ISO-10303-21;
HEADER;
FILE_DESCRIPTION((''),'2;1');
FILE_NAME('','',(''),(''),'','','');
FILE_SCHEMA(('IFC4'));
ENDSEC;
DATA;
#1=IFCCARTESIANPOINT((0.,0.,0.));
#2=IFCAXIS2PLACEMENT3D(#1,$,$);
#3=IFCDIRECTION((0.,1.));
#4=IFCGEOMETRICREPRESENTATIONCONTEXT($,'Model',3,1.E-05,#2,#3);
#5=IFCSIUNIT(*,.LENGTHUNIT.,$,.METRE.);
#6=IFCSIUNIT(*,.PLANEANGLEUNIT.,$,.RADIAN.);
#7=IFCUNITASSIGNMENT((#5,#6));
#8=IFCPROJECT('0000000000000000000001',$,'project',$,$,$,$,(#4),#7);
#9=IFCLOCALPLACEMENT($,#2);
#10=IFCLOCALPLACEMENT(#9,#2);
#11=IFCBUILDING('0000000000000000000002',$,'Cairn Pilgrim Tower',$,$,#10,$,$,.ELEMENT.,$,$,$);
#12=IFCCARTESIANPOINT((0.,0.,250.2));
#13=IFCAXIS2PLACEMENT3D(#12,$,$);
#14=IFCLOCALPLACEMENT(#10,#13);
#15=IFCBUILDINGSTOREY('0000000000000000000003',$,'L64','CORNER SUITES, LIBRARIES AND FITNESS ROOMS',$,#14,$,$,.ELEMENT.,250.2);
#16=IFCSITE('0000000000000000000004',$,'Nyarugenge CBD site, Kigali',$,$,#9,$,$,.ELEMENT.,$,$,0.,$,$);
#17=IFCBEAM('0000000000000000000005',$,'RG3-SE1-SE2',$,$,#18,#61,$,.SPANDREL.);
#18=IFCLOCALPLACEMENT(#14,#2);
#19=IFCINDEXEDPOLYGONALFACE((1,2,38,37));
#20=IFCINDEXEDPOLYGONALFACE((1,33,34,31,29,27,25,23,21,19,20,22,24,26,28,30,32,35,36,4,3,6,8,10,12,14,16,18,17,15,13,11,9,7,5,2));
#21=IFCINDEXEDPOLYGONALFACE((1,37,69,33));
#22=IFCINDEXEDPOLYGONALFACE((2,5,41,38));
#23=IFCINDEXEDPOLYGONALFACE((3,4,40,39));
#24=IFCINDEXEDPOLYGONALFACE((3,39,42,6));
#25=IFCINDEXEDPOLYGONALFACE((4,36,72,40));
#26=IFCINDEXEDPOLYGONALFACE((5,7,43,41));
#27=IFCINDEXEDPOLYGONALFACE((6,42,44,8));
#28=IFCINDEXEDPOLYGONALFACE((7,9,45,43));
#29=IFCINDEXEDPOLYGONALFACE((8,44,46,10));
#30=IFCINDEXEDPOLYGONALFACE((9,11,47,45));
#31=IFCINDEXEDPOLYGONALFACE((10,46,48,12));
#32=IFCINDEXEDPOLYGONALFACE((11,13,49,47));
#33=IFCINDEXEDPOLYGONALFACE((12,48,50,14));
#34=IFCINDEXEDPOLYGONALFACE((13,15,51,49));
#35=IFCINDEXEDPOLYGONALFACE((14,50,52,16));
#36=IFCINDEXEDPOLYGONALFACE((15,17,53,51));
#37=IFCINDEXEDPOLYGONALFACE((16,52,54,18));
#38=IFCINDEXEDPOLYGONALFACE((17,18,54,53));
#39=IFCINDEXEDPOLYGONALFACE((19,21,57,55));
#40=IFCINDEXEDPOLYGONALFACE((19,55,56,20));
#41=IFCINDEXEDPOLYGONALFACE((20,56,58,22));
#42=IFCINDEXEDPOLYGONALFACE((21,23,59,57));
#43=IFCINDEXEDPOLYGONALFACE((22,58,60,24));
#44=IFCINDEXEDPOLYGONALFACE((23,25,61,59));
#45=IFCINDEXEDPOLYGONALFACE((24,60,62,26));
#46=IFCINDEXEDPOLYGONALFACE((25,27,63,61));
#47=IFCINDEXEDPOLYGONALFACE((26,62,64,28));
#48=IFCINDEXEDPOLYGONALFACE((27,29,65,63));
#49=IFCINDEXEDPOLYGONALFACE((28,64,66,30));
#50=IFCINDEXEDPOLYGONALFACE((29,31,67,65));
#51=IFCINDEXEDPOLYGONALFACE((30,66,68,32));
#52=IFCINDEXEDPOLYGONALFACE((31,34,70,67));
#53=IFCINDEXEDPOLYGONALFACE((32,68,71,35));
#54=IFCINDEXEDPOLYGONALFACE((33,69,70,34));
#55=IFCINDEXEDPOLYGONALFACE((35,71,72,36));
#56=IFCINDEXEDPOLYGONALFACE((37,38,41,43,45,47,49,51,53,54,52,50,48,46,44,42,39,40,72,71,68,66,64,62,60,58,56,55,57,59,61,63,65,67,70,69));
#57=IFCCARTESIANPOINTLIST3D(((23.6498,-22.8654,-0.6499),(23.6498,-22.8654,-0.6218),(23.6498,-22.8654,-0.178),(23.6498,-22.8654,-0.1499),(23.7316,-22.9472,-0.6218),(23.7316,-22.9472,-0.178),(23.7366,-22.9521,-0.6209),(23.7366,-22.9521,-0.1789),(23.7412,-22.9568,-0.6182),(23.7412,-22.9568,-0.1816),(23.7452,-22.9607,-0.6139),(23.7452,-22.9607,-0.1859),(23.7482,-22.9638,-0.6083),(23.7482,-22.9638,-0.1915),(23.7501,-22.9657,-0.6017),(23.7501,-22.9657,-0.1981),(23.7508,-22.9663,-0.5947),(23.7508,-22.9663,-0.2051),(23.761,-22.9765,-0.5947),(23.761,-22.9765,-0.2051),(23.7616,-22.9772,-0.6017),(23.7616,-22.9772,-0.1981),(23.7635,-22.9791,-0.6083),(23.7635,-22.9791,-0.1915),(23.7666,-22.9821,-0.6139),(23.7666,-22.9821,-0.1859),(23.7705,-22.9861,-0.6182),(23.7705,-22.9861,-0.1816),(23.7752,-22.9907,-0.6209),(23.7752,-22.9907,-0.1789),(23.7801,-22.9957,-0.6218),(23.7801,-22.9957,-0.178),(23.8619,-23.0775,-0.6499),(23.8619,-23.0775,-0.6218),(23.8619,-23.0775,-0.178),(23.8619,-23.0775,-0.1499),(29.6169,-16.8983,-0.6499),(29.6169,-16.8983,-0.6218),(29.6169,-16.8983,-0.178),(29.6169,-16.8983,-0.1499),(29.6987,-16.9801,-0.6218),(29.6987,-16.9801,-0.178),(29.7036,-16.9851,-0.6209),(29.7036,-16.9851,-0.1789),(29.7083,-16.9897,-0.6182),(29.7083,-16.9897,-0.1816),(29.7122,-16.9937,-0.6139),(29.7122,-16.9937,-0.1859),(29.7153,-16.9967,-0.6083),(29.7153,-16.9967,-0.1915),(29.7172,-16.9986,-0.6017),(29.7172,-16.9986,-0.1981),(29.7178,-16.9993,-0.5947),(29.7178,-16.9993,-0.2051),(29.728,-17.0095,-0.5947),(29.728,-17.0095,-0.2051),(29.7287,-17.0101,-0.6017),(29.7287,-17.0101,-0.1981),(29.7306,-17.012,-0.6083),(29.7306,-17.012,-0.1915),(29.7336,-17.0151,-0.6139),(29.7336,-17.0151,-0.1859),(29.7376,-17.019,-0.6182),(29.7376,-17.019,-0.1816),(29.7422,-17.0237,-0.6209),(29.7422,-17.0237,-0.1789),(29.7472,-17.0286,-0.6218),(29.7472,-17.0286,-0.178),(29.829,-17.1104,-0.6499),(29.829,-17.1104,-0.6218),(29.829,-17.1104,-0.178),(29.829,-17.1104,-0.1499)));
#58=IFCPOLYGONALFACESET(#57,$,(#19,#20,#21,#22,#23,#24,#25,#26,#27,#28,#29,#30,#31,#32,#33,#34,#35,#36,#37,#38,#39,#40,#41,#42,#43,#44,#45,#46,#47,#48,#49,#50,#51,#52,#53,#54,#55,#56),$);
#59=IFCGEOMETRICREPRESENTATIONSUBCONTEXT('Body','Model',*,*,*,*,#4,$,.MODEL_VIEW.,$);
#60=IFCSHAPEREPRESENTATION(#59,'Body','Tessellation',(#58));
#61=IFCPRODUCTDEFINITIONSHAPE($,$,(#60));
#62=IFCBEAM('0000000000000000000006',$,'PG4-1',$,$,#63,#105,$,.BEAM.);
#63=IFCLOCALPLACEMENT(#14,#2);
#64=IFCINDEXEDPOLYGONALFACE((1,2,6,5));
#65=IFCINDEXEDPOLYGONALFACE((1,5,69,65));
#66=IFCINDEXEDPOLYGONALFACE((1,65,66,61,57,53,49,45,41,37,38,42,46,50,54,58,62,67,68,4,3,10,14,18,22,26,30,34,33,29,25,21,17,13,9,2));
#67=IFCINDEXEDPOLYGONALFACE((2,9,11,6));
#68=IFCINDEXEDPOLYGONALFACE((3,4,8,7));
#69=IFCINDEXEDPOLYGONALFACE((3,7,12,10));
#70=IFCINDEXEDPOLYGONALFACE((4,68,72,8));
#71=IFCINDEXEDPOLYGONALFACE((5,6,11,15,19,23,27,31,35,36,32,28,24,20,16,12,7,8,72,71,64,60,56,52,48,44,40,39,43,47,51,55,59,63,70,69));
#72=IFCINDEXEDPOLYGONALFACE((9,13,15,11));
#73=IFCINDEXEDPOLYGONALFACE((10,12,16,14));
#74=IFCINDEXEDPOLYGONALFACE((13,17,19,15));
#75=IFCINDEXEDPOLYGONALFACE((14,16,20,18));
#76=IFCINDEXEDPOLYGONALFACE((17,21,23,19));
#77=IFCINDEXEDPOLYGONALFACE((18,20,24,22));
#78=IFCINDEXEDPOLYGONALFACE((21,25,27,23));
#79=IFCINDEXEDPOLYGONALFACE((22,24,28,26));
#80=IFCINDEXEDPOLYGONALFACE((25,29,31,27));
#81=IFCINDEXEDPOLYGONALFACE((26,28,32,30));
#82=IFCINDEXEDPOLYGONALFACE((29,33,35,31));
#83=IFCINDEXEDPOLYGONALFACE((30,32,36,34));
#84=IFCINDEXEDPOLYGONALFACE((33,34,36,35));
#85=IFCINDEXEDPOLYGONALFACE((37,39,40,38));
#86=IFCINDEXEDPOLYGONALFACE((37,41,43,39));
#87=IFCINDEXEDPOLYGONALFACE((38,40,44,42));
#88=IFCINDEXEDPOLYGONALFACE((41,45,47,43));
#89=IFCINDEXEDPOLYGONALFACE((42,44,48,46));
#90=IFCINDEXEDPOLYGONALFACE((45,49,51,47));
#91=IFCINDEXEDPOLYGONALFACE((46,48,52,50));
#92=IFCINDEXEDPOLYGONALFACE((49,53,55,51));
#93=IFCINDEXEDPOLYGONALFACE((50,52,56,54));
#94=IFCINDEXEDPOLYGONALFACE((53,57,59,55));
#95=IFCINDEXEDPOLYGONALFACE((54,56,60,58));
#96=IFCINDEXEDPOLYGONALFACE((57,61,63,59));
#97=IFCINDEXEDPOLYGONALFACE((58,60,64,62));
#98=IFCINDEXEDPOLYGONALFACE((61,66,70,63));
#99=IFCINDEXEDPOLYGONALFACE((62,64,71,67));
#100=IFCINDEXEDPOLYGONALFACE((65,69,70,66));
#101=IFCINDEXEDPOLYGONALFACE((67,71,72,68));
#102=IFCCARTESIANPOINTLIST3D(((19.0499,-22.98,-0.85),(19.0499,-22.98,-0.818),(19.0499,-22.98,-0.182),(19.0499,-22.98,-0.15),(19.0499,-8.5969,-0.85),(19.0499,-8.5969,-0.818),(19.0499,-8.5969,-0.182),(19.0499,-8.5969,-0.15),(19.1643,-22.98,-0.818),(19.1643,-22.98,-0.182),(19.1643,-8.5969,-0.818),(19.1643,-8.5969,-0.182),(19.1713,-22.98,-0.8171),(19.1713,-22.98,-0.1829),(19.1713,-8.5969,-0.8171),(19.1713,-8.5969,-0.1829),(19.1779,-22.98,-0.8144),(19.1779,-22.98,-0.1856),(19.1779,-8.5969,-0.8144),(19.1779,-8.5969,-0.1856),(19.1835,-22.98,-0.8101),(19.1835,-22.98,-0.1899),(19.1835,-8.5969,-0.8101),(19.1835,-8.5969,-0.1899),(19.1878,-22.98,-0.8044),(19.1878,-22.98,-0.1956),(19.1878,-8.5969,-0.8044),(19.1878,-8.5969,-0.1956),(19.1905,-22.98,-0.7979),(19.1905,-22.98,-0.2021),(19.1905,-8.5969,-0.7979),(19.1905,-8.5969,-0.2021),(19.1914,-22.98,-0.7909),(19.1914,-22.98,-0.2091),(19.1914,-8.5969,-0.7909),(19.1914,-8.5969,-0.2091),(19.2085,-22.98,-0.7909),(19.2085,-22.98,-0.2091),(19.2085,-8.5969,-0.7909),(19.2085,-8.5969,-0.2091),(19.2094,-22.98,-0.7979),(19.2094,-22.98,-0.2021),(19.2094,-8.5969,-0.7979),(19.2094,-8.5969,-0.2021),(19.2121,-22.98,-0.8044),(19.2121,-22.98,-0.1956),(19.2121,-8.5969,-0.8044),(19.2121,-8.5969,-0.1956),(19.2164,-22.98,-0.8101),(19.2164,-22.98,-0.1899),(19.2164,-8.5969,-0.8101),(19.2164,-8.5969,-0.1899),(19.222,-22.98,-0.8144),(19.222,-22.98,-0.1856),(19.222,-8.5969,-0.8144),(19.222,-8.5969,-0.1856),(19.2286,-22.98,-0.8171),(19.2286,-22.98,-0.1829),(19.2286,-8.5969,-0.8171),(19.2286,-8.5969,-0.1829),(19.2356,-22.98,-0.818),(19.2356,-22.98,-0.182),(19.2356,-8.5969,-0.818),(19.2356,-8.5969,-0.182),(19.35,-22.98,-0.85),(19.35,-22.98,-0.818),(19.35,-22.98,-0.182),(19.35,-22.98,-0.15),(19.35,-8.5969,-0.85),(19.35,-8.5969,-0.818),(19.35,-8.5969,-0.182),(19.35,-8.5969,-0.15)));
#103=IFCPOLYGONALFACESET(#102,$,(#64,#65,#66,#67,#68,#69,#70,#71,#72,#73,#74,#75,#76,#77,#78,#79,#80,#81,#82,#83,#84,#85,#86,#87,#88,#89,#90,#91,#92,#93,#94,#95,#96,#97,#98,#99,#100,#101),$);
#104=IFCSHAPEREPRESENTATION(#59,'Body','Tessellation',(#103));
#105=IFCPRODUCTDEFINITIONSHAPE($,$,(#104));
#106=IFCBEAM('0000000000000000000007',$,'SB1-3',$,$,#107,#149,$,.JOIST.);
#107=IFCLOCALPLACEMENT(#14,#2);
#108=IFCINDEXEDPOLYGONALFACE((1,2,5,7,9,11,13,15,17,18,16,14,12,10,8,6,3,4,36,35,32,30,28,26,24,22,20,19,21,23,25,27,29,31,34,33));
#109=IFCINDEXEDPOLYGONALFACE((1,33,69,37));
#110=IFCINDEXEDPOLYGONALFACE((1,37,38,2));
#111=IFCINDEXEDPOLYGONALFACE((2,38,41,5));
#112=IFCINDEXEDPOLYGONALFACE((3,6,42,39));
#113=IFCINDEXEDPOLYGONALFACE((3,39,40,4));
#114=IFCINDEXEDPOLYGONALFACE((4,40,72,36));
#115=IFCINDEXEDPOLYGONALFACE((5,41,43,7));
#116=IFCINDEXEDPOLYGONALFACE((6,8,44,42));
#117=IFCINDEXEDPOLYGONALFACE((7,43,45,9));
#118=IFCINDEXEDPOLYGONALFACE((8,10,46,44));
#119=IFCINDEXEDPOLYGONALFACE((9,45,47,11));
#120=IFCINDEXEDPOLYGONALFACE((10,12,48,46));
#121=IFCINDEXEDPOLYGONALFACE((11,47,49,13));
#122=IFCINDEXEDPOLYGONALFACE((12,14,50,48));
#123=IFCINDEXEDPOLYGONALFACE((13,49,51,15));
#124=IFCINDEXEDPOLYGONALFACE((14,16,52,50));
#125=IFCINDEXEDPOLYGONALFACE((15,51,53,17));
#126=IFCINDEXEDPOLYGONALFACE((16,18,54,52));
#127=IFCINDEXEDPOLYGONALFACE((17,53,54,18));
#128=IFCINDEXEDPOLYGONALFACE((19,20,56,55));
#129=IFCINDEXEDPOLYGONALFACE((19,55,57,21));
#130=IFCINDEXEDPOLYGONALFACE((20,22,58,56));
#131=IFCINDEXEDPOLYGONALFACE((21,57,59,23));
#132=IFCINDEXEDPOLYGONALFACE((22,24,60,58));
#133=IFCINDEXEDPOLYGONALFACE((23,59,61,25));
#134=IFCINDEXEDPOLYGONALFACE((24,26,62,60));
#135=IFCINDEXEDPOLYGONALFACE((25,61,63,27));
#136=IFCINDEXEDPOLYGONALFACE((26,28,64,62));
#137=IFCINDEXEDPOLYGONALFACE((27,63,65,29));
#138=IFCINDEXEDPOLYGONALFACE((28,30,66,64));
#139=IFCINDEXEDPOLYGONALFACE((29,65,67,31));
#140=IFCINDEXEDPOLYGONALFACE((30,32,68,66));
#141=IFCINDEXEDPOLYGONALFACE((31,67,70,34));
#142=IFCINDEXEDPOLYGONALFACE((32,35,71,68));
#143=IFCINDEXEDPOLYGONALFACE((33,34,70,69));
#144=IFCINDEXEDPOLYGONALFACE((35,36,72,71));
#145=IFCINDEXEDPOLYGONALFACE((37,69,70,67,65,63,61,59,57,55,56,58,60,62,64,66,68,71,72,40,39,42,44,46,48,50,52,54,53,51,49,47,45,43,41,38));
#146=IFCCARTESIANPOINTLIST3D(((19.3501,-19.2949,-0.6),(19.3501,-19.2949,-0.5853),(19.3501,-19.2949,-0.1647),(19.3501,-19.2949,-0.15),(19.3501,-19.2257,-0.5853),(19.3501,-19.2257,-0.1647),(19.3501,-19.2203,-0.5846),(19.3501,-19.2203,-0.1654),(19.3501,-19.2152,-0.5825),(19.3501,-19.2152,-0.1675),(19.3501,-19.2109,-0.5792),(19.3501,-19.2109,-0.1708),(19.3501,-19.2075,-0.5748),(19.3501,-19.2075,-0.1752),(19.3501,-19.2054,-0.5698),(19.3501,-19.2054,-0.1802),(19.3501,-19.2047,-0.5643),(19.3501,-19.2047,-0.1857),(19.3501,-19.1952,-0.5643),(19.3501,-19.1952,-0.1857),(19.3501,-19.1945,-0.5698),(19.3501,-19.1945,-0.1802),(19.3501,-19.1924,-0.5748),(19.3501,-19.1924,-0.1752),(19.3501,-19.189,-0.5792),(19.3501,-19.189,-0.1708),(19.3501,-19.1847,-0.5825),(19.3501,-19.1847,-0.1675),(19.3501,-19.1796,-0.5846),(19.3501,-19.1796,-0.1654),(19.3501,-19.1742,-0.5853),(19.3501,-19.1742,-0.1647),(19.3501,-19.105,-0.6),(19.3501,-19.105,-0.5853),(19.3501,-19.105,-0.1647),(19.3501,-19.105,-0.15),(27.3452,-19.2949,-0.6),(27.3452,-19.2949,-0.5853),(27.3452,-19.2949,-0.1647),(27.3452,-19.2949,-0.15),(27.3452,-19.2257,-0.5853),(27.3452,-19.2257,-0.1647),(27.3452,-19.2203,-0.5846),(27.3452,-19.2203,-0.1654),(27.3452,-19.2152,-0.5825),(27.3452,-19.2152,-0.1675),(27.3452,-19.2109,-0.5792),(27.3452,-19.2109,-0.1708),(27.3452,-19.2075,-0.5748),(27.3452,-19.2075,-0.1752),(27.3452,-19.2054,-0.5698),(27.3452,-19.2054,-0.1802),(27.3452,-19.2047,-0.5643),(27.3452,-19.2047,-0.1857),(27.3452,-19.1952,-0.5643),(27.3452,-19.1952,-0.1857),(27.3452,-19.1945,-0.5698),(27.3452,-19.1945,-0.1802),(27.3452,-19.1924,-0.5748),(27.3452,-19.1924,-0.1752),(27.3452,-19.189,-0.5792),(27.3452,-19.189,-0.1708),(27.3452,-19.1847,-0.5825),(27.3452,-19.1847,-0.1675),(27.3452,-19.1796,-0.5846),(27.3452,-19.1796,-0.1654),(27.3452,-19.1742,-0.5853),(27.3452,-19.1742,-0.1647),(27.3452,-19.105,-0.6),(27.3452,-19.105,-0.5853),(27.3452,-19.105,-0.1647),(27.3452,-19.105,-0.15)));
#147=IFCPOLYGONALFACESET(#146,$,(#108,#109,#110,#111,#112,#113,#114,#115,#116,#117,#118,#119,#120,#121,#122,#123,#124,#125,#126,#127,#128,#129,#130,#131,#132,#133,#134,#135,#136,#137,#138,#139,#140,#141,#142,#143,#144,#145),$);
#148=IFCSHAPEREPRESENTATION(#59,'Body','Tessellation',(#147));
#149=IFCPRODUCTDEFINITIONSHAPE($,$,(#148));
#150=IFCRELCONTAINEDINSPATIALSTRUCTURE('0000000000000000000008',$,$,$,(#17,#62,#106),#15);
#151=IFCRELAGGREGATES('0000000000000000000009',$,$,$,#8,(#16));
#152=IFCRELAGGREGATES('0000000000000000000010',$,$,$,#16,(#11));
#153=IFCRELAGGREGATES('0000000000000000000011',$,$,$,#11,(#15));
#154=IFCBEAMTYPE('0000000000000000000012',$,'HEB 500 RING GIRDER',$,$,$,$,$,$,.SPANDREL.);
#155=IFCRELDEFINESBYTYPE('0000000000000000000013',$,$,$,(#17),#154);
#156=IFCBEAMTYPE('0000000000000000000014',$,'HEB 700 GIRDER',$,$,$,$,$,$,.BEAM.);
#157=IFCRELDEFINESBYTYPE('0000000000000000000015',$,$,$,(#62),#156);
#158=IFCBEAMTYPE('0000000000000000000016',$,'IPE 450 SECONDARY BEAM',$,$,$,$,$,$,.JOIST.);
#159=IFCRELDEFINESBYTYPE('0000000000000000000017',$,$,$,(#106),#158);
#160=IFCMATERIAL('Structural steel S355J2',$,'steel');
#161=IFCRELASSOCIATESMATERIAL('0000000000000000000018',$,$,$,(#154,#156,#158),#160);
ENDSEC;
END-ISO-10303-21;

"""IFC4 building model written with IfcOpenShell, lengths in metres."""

from ifc_helpers import new_model, si_unit, direction, frame, origin, origin_2d, place, context, subcontext, project, spatial, i_section, extrude, material, material_profile, profile_set, type_object, element, save


model = new_model("IFC4")

# Units and contexts
model_context = context("Model", 3, precision=1e-05, world=origin(), true_north=direction((0.0, 1.0)))
body_context = subcontext(model_context, "Body", "Model", "MODEL_VIEW")
ifc_project = project(units=[si_unit("LENGTHUNIT", "METRE"), si_unit("PLANEANGLEUNIT", "RADIAN")], contexts=[model_context])

# Site, building, storey
site_placement = place(None, origin())
site = spatial("IfcSite", under=ifc_project, at=site_placement, Name="Nyarugenge CBD site, Kigali", CompositionType="ELEMENT", RefElevation=0.0)
building_placement = place(site_placement, origin())
building = spatial("IfcBuilding", under=site, at=building_placement, Name="Cairn Pilgrim Tower", CompositionType="ELEMENT")
storey_placement = place(building_placement, frame((0.0, 0.0, 250.2)))
storey = spatial("IfcBuildingStorey", under=building, at=storey_placement, Name="L64", Description="CORNER SUITES, LIBRARIES AND FITNESS ROOMS", CompositionType="ELEMENT", Elevation=250.2)

# Beams
ifc_material_1 = material(Name="Structural steel S355J2", Category="steel")
ifc_material_profile_1 = material_profile(ifc_material_1, i_section(OverallWidth=0.3, OverallDepth=0.5, WebThickness=0.0144, FlangeThickness=0.0281, FilletRadius=0.0271, at=origin_2d()), Name="HEB 500")
ifc_profile_set_1 = profile_set([ifc_material_profile_1], Name="Structural steel S355J2")
beam_type_1 = type_object("IfcBeamType", Name="HEB 500 RING GIRDER", PredefinedType="SPANDREL", material=ifc_profile_set_1)
beam_1_placement = place(storey_placement, frame((23.7559, -22.9714, -0.3999), z_axis=(0.707107, 0.707107, 0.0), x_axis=(-0.707107, 0.707107, 0.0)))
element("IfcBeam", 1, at=beam_1_placement, inside=storey, type_object=beam_type_1, Name="RG3-SE1-SE2", PredefinedType="SPANDREL", context=body_context, shape_type="SweptSolid", body=[
    extrude(i_section(OverallWidth=0.3, OverallDepth=0.5, WebThickness=0.0144, FlangeThickness=0.0281, FilletRadius=0.0271, at=origin_2d()), origin(), (0.0, 0.0, 1.0), 8.4387),
])
ifc_material_profile_2 = material_profile(ifc_material_1, i_section(OverallWidth=0.3, OverallDepth=0.7, WebThickness=0.0171, FlangeThickness=0.032, FilletRadius=0.0271, at=origin_2d()), Name="HEB 700")
ifc_profile_set_2 = profile_set([ifc_material_profile_2], Name="Structural steel S355J2")
beam_type_2 = type_object("IfcBeamType", Name="HEB 700 GIRDER", PredefinedType="BEAM", material=ifc_profile_set_2)
beam_2_placement = place(storey_placement, frame((19.2, -22.98, -0.5), z_axis=(0.0, 1.0, 0.0), x_axis=(-1.0, 0.0, 0.0)))
element("IfcBeam", 2, at=beam_2_placement, inside=storey, type_object=beam_type_2, Name="PG4-1", PredefinedType="BEAM", context=body_context, shape_type="SweptSolid", body=[
    extrude(i_section(OverallWidth=0.3, OverallDepth=0.7, WebThickness=0.0171, FlangeThickness=0.032, FilletRadius=0.0271, at=origin_2d()), origin(), (0.0, 0.0, 1.0), 14.3831),
])
ifc_material_profile_3 = material_profile(ifc_material_1, i_section(OverallWidth=0.1899, OverallDepth=0.45, WebThickness=0.0095, FlangeThickness=0.0146, FilletRadius=0.021, at=origin_2d()), Name="IPE 450")
ifc_profile_set_3 = profile_set([ifc_material_profile_3], Name="Structural steel S355J2")
beam_type_3 = type_object("IfcBeamType", Name="IPE 450 SECONDARY BEAM", PredefinedType="JOIST", material=ifc_profile_set_3)
beam_3_placement = place(storey_placement, frame((19.3501, -19.2, -0.375), z_axis=(1.0, 0.0, 0.0), x_axis=(0.0, 1.0, 0.0)))
element("IfcBeam", 3, at=beam_3_placement, inside=storey, type_object=beam_type_3, Name="SB1-3", PredefinedType="JOIST", context=body_context, shape_type="SweptSolid", body=[
    extrude(i_section(OverallWidth=0.1899, OverallDepth=0.45, WebThickness=0.0095, FlangeThickness=0.0146, FilletRadius=0.021, at=origin_2d()), origin(), (0.0, 0.0, 1.0), 7.9951),
])

save(model, "model.ifc")
